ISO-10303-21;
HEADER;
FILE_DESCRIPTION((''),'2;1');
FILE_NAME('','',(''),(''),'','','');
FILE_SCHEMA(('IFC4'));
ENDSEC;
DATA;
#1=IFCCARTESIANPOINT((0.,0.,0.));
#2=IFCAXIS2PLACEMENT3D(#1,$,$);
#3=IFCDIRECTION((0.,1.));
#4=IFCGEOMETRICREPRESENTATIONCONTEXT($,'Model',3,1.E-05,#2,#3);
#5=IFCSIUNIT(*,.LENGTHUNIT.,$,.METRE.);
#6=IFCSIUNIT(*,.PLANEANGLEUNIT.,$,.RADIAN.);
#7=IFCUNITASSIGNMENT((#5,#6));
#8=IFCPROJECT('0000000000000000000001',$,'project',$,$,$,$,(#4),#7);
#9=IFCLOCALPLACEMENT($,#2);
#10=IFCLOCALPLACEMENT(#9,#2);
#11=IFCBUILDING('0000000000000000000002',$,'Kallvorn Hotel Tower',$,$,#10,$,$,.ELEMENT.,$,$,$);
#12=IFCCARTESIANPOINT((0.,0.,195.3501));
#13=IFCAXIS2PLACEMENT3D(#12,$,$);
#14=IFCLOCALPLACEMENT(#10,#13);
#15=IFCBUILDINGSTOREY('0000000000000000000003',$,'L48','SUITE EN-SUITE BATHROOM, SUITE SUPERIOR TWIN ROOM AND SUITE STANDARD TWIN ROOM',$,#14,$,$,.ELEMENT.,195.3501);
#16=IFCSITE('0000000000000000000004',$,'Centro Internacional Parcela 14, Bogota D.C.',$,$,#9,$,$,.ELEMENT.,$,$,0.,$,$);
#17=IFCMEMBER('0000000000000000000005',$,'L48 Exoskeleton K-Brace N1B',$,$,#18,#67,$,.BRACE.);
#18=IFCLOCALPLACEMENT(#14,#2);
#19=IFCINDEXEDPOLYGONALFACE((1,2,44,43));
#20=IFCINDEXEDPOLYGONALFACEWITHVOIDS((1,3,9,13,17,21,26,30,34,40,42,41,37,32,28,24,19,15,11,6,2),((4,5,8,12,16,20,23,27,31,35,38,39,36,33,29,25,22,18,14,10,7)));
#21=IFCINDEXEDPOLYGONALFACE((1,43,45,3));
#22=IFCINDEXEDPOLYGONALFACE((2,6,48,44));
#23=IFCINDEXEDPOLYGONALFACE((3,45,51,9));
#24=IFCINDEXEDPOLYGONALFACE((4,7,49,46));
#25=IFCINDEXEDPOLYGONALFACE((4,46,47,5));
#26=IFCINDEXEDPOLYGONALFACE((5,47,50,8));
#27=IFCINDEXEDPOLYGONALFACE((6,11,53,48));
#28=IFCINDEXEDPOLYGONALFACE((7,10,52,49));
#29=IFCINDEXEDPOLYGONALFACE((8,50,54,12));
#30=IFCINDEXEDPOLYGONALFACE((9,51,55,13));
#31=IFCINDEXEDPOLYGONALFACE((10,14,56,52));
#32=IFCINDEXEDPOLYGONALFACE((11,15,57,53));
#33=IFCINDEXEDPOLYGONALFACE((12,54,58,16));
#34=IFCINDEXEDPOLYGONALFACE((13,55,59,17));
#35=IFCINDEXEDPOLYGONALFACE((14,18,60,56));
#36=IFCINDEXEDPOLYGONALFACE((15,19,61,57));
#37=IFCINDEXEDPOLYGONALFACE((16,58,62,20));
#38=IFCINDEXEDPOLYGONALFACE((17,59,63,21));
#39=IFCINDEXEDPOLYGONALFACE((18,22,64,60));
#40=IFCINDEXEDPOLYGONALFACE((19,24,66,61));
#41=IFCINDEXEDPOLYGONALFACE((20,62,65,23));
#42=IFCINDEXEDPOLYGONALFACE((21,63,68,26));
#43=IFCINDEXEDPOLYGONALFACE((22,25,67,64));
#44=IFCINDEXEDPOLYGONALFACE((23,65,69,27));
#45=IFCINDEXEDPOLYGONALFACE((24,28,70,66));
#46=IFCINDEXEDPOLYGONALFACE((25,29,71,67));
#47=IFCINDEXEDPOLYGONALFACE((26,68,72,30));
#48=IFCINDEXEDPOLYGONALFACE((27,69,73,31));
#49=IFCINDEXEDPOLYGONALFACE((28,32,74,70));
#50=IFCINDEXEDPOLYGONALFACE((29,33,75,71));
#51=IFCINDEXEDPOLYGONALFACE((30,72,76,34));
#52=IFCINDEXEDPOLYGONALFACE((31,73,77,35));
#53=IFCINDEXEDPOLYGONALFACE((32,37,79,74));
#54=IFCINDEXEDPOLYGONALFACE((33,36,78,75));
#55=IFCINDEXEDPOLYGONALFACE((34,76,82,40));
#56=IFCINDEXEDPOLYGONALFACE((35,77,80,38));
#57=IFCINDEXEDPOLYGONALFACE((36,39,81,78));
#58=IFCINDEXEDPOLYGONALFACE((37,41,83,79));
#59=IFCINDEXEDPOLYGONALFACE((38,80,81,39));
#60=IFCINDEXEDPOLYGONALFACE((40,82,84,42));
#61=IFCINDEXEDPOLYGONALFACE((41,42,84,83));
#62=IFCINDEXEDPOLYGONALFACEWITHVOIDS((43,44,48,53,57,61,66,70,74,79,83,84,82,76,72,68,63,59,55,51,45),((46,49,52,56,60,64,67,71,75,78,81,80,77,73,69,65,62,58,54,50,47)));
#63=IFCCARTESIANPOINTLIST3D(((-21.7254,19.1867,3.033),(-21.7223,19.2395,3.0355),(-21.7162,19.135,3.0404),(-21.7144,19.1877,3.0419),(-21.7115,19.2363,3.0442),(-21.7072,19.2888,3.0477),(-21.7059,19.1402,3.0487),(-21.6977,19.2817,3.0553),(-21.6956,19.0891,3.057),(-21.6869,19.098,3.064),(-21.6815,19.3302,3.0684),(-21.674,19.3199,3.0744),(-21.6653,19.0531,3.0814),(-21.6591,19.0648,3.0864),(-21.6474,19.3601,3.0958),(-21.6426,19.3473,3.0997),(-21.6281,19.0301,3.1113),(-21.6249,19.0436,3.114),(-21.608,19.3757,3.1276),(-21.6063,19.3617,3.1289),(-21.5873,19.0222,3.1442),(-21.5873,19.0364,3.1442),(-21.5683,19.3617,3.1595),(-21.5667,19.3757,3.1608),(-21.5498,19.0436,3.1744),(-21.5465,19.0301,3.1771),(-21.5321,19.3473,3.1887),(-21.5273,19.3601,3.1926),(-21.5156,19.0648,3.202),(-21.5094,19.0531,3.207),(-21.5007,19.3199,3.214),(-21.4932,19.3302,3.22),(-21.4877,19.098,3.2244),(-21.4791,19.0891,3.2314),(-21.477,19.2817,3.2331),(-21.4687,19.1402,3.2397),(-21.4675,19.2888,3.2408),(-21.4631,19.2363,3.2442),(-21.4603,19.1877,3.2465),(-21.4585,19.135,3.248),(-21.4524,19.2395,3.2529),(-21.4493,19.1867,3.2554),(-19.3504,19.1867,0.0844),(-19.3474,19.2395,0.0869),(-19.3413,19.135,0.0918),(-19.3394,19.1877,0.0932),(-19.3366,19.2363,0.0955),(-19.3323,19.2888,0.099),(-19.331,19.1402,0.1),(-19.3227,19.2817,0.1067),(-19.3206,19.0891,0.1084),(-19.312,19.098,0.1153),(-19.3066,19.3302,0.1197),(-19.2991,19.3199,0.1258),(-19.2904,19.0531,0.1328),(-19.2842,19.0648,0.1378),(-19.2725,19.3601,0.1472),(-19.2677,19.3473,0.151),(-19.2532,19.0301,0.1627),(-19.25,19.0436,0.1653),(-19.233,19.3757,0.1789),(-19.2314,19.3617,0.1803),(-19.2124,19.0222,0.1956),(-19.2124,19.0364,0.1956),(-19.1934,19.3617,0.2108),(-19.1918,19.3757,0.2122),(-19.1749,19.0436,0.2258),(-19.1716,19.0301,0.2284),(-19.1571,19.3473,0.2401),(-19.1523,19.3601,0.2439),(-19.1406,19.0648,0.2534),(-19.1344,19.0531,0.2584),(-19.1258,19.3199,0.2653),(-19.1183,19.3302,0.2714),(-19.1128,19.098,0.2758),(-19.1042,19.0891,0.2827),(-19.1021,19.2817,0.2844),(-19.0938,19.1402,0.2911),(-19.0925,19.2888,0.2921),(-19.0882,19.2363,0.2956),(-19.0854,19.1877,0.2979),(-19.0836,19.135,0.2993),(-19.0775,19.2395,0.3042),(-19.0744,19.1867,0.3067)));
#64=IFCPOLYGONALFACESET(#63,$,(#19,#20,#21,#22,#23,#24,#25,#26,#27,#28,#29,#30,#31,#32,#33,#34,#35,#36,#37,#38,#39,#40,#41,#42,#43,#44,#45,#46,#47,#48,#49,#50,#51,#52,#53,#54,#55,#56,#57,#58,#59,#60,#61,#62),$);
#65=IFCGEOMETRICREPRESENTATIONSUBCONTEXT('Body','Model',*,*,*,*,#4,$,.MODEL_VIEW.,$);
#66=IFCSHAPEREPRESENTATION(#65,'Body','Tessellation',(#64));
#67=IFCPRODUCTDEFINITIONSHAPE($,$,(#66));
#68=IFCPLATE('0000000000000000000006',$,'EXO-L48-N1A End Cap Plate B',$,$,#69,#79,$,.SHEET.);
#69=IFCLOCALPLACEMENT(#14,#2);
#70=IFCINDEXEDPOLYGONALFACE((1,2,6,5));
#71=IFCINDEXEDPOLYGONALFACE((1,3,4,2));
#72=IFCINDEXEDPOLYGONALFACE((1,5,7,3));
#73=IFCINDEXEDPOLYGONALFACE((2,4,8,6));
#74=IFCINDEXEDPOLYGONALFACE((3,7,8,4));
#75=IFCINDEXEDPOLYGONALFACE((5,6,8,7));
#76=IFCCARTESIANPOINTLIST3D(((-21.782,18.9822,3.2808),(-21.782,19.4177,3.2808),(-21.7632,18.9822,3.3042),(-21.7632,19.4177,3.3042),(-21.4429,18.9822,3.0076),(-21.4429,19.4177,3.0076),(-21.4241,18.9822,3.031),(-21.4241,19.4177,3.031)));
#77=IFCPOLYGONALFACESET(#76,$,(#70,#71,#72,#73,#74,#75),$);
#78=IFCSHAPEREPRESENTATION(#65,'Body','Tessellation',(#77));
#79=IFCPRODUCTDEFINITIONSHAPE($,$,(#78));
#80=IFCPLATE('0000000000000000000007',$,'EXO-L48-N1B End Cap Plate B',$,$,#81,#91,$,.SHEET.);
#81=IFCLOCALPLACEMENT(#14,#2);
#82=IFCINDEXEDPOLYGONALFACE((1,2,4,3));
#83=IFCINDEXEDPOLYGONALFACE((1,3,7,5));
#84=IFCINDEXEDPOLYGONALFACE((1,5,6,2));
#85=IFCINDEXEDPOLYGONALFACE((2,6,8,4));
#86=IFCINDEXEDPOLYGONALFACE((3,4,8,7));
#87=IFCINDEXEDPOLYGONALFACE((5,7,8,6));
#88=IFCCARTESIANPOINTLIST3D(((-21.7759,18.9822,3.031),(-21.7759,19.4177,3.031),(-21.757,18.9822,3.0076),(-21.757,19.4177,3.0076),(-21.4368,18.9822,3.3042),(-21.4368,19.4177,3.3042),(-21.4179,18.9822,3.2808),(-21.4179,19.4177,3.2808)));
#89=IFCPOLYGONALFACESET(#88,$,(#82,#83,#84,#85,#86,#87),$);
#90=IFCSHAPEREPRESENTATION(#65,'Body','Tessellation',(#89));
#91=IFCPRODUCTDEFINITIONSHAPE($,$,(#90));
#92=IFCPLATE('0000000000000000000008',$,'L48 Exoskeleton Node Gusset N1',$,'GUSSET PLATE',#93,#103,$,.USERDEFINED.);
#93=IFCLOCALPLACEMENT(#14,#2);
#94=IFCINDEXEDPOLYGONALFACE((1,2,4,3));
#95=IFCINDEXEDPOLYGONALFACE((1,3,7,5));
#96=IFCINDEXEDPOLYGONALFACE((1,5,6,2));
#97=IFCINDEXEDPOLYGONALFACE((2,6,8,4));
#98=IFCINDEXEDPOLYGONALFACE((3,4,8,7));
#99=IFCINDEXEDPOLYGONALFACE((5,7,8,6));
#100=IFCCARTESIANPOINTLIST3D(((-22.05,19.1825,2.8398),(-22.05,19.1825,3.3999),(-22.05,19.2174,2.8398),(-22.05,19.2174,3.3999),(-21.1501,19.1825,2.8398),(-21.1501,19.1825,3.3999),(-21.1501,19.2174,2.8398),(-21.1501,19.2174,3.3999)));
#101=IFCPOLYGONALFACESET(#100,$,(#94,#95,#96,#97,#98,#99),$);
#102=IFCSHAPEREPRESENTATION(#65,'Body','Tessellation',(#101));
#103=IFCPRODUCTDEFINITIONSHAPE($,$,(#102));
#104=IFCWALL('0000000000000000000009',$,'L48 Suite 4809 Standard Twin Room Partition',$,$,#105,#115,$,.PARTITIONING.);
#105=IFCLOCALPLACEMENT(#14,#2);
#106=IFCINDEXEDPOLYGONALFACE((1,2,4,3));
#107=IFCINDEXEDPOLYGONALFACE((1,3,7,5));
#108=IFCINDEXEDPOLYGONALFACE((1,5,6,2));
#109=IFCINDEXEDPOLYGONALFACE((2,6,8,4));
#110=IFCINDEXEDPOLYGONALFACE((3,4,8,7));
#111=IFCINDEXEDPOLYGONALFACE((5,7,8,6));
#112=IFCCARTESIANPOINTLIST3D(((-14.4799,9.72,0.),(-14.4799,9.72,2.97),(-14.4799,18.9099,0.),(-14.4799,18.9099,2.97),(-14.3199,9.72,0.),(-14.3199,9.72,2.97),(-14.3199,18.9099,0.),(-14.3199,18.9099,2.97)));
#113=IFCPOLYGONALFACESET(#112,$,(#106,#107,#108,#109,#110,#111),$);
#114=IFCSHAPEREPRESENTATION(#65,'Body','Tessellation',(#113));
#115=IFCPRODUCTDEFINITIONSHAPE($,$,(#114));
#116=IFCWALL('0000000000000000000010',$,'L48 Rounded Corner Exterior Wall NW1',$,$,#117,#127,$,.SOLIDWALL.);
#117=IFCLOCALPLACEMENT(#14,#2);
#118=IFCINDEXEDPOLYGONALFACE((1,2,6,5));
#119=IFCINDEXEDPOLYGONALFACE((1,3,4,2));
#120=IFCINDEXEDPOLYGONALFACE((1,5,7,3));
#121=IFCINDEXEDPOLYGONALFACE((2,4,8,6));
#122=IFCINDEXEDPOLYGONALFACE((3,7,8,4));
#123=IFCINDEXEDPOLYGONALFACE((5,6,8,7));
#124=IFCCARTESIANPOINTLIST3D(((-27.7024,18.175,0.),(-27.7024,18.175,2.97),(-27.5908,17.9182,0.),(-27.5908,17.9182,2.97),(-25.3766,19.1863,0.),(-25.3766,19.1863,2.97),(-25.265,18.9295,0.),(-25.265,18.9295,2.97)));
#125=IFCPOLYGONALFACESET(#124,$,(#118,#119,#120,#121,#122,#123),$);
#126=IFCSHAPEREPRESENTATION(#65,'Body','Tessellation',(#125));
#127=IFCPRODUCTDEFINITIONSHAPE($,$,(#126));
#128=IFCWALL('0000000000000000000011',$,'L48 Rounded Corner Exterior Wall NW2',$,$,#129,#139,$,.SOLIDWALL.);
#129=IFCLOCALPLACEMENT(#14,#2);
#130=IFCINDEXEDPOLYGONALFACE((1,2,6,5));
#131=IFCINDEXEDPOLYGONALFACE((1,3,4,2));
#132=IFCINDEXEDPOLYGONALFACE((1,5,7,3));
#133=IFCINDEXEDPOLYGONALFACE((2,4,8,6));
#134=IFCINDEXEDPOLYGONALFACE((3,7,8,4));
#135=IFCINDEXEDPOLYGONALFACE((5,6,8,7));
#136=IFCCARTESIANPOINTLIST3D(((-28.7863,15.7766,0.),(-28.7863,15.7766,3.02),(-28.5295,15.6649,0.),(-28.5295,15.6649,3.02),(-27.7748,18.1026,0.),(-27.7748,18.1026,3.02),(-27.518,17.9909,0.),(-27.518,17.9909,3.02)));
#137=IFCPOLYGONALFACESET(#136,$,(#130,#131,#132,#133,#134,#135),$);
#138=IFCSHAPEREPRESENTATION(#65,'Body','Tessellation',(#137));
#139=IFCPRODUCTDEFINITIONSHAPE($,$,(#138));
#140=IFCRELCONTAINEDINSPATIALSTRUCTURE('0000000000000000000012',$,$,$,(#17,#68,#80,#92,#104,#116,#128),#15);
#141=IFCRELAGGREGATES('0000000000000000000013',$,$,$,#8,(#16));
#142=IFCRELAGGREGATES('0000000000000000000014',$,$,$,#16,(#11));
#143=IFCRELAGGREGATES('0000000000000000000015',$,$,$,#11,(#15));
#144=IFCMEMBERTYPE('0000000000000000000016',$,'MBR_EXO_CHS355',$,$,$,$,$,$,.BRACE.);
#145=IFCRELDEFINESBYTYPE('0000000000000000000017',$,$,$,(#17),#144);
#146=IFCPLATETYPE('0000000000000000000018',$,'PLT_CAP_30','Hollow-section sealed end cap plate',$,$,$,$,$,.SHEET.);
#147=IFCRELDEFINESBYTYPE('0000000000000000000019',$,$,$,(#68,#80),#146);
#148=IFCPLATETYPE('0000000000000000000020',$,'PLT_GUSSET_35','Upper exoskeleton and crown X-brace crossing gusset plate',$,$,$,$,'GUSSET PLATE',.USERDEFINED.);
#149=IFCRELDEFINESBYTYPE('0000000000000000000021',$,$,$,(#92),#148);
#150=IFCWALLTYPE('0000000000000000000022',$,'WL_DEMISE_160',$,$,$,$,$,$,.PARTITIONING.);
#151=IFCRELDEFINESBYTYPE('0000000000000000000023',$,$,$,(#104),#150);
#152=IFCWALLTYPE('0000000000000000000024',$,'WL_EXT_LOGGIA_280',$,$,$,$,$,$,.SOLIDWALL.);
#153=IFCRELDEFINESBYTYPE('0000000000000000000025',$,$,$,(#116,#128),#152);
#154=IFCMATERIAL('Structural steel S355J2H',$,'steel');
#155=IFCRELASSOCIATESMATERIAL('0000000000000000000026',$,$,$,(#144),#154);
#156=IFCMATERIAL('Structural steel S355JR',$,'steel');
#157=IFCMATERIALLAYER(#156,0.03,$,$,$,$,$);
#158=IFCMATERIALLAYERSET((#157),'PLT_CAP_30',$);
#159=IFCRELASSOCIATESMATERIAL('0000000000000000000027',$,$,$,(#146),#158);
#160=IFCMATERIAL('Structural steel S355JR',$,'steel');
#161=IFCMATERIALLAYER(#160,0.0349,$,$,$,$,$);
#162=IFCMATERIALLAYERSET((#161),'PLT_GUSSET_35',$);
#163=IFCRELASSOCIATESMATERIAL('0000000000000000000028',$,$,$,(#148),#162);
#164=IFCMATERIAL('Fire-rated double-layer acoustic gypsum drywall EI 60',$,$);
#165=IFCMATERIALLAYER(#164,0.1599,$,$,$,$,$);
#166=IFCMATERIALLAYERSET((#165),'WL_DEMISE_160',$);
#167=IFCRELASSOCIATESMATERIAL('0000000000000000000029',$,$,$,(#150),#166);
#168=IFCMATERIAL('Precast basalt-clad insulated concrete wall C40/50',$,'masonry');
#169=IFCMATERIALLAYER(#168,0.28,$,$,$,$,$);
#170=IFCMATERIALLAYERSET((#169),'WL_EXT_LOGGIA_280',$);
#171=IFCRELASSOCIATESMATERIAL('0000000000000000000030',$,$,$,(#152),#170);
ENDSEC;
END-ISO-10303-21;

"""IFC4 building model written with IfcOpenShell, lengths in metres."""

from ifc_helpers import new_model, si_unit, direction, frame, frame_2d, origin, origin_2d, place, context, subcontext, project, spatial, polyline, rectangle, hollow_circle, outline, extrude, material, layer, layer_set, material_profile, profile_set, type_object, element, save


model = new_model("IFC4")

# Units and contexts
model_context = context("Model", 3, precision=1e-05, world=origin(), true_north=direction((0.0, 1.0)))
body_context = subcontext(model_context, "Body", "Model", "MODEL_VIEW")
ifc_project = project(units=[si_unit("LENGTHUNIT", "METRE"), si_unit("PLANEANGLEUNIT", "RADIAN")], contexts=[model_context])

# Site, building, storey
site_placement = place(None, origin())
site = spatial("IfcSite", under=ifc_project, at=site_placement, Name="Centro Internacional Parcela 14, Bogota D.C.", CompositionType="ELEMENT", RefElevation=0.0)
building_placement = place(site_placement, origin())
building = spatial("IfcBuilding", under=site, at=building_placement, Name="Kallvorn Hotel Tower", CompositionType="ELEMENT")
storey_placement = place(building_placement, frame((0.0, 0.0, 195.3501)))
storey = spatial("IfcBuildingStorey", under=building, at=storey_placement, Name="L48", Description="SUITE EN-SUITE BATHROOM, SUITE SUPERIOR TWIN ROOM AND SUITE STANDARD TWIN ROOM", CompositionType="ELEMENT", Elevation=195.3501)

# Member
ifc_material_1 = material(Name="Structural steel S355J2H", Category="steel")
ifc_material_profile_1 = material_profile(ifc_material_1, hollow_circle(Radius=0.1777, WallThickness=0.0142, at=origin_2d()), Name="CHS 355.6x14.2")
ifc_profile_set_1 = profile_set([ifc_material_profile_1], Name="Structural steel S355J2H")
member_type_1 = type_object("IfcMemberType", Name="MBR_EXO_CHS355", PredefinedType="BRACE", material=ifc_profile_set_1)
for number, where, z_axis, x_axis, name in (
    (1, (-19.2124, 19.2, 0.1956), (-0.627271, 0.0, 0.778801), (0.0, -1.0, 0.0), "L48 Exoskeleton K-Brace N1B"),
):
    element("IfcMember", number, at=place(storey_placement, frame(where, z_axis=z_axis, x_axis=x_axis)), inside=storey, type_object=member_type_1, Name=name, PredefinedType="BRACE", context=body_context, shape_type="SweptSolid", body=[
        extrude(hollow_circle(Radius=0.1777, WallThickness=0.0142, at=origin_2d()), origin(), (0.0, 0.0, 1.0), 3.7861),
    ])

# Plates
ifc_material_2 = material(Name="Structural steel S355JR", Category="steel")
ifc_layer_1 = layer(ifc_material_2, 0.03)
ifc_layer_set_1 = layer_set([ifc_layer_1], Name="PLT_CAP_30")
plate_type_1 = type_object("IfcPlateType", Name="PLT_CAP_30", Description="Hollow-section sealed end cap plate", PredefinedType="SHEET", material=ifc_layer_set_1)
for number, where, z_axis, x_axis, name in (
    (2, (-21.4241, 18.9822, 3.031), (0.627358, 0.0, 0.778731), (0.0, 1.0, 0.0), "EXO-L48-N1A End Cap Plate B"),
    (3, (-21.7759, 19.4177, 3.031), (-0.627358, 0.0, 0.778731), (0.0, -1.0, 0.0), "EXO-L48-N1B End Cap Plate B"),
):
    element("IfcPlate", number, at=place(storey_placement, frame(where, z_axis=z_axis, x_axis=x_axis)), inside=storey, type_object=plate_type_1, Name=name, PredefinedType="SHEET", context=body_context, shape_type="SweptSolid", body=[
        extrude(outline(polyline([(0.0, 0.0), (0.4355, 0.0), (0.4355, 0.4355), (0.0, 0.4355), (0.0, 0.0)])), origin(), (0.0, 0.0, -1.0), 0.03),
    ])
ifc_material_3 = material(Name="Structural steel S355JR", Category="steel")
ifc_layer_2 = layer(ifc_material_3, 0.0349)
ifc_layer_set_2 = layer_set([ifc_layer_2], Name="PLT_GUSSET_35")
plate_type_2 = type_object("IfcPlateType", Name="PLT_GUSSET_35", Description="Upper exoskeleton and crown X-brace crossing gusset plate", ElementType="GUSSET PLATE", PredefinedType="USERDEFINED", material=ifc_layer_set_2)
plate_placement = place(storey_placement, frame((-21.6001, 19.2, 2.8398), z_axis=(0.0, 0.0, 1.0), x_axis=(1.0, 0.0, 0.0)))
element("IfcPlate", 4, at=plate_placement, inside=storey, type_object=plate_type_2, Name="L48 Exoskeleton Node Gusset N1", ObjectType="GUSSET PLATE", PredefinedType="USERDEFINED", context=body_context, shape_type="SweptSolid", body=[
    extrude(rectangle(XDim=0.8999, YDim=0.0349, at=origin_2d()), origin(), (0.0, 0.0, 1.0), 0.5601),
])

# Walls
ifc_material_4 = material(Name="Fire-rated double-layer acoustic gypsum drywall EI 60")
ifc_layer_3 = layer(ifc_material_4, 0.1599)
ifc_layer_set_3 = layer_set([ifc_layer_3], Name="WL_DEMISE_160")
wall_type_1 = type_object("IfcWallType", Name="WL_DEMISE_160", PredefinedType="PARTITIONING", material=ifc_layer_set_3)
wall_1_placement = place(storey_placement, frame((-14.3999, 9.72, 0.0), z_axis=(0.0, 0.0, 1.0), x_axis=(0.0, 1.0, 0.0)))
element("IfcWall", 5, at=wall_1_placement, inside=storey, type_object=wall_type_1, Name="L48 Suite 4809 Standard Twin Room Partition", PredefinedType="PARTITIONING", context=body_context, shape_type="SweptSolid", body=[
    extrude(rectangle(XDim=9.1899, YDim=0.1599, at=frame_2d((4.595, 0.0))), origin(), (0.0, 0.0, 1.0), 2.97),
])
ifc_material_5 = material(Name="Precast basalt-clad insulated concrete wall C40/50", Category="masonry")
ifc_layer_4 = layer(ifc_material_5, 0.28)
ifc_layer_set_4 = layer_set([ifc_layer_4], Name="WL_EXT_LOGGIA_280")
wall_type_2 = type_object("IfcWallType", Name="WL_EXT_LOGGIA_280", PredefinedType="SOLIDWALL", material=ifc_layer_set_4)
wall_2_placement = place(storey_placement, frame((-25.3208, 19.0579, 0.0), z_axis=(0.0, 0.0, 1.0), x_axis=(-0.917061, -0.398747, 0.0)))
element("IfcWall", 6, at=wall_2_placement, inside=storey, type_object=wall_type_2, Name="L48 Rounded Corner Exterior Wall NW1", PredefinedType="SOLIDWALL", context=body_context, shape_type="SweptSolid", body=[
    extrude(rectangle(XDim=2.5361, YDim=0.28, at=frame_2d((1.2681, 0.0))), origin(), (0.0, 0.0, 1.0), 2.97),
])
wall_3_placement = place(storey_placement, frame((-27.6465, 18.0466, 0.0), z_axis=(0.0, 0.0, 1.0), x_axis=(-0.398793, -0.917041, 0.0)))
element("IfcWall", 7, at=wall_3_placement, inside=storey, type_object=wall_type_2, Name="L48 Rounded Corner Exterior Wall NW2", PredefinedType="SOLIDWALL", context=body_context, shape_type="SweptSolid", body=[
    extrude(rectangle(XDim=2.5364, YDim=0.28, at=frame_2d((1.2681, 0.0))), origin(), (0.0, 0.0, 1.0), 3.02),
])

save(model, "model.ifc")
